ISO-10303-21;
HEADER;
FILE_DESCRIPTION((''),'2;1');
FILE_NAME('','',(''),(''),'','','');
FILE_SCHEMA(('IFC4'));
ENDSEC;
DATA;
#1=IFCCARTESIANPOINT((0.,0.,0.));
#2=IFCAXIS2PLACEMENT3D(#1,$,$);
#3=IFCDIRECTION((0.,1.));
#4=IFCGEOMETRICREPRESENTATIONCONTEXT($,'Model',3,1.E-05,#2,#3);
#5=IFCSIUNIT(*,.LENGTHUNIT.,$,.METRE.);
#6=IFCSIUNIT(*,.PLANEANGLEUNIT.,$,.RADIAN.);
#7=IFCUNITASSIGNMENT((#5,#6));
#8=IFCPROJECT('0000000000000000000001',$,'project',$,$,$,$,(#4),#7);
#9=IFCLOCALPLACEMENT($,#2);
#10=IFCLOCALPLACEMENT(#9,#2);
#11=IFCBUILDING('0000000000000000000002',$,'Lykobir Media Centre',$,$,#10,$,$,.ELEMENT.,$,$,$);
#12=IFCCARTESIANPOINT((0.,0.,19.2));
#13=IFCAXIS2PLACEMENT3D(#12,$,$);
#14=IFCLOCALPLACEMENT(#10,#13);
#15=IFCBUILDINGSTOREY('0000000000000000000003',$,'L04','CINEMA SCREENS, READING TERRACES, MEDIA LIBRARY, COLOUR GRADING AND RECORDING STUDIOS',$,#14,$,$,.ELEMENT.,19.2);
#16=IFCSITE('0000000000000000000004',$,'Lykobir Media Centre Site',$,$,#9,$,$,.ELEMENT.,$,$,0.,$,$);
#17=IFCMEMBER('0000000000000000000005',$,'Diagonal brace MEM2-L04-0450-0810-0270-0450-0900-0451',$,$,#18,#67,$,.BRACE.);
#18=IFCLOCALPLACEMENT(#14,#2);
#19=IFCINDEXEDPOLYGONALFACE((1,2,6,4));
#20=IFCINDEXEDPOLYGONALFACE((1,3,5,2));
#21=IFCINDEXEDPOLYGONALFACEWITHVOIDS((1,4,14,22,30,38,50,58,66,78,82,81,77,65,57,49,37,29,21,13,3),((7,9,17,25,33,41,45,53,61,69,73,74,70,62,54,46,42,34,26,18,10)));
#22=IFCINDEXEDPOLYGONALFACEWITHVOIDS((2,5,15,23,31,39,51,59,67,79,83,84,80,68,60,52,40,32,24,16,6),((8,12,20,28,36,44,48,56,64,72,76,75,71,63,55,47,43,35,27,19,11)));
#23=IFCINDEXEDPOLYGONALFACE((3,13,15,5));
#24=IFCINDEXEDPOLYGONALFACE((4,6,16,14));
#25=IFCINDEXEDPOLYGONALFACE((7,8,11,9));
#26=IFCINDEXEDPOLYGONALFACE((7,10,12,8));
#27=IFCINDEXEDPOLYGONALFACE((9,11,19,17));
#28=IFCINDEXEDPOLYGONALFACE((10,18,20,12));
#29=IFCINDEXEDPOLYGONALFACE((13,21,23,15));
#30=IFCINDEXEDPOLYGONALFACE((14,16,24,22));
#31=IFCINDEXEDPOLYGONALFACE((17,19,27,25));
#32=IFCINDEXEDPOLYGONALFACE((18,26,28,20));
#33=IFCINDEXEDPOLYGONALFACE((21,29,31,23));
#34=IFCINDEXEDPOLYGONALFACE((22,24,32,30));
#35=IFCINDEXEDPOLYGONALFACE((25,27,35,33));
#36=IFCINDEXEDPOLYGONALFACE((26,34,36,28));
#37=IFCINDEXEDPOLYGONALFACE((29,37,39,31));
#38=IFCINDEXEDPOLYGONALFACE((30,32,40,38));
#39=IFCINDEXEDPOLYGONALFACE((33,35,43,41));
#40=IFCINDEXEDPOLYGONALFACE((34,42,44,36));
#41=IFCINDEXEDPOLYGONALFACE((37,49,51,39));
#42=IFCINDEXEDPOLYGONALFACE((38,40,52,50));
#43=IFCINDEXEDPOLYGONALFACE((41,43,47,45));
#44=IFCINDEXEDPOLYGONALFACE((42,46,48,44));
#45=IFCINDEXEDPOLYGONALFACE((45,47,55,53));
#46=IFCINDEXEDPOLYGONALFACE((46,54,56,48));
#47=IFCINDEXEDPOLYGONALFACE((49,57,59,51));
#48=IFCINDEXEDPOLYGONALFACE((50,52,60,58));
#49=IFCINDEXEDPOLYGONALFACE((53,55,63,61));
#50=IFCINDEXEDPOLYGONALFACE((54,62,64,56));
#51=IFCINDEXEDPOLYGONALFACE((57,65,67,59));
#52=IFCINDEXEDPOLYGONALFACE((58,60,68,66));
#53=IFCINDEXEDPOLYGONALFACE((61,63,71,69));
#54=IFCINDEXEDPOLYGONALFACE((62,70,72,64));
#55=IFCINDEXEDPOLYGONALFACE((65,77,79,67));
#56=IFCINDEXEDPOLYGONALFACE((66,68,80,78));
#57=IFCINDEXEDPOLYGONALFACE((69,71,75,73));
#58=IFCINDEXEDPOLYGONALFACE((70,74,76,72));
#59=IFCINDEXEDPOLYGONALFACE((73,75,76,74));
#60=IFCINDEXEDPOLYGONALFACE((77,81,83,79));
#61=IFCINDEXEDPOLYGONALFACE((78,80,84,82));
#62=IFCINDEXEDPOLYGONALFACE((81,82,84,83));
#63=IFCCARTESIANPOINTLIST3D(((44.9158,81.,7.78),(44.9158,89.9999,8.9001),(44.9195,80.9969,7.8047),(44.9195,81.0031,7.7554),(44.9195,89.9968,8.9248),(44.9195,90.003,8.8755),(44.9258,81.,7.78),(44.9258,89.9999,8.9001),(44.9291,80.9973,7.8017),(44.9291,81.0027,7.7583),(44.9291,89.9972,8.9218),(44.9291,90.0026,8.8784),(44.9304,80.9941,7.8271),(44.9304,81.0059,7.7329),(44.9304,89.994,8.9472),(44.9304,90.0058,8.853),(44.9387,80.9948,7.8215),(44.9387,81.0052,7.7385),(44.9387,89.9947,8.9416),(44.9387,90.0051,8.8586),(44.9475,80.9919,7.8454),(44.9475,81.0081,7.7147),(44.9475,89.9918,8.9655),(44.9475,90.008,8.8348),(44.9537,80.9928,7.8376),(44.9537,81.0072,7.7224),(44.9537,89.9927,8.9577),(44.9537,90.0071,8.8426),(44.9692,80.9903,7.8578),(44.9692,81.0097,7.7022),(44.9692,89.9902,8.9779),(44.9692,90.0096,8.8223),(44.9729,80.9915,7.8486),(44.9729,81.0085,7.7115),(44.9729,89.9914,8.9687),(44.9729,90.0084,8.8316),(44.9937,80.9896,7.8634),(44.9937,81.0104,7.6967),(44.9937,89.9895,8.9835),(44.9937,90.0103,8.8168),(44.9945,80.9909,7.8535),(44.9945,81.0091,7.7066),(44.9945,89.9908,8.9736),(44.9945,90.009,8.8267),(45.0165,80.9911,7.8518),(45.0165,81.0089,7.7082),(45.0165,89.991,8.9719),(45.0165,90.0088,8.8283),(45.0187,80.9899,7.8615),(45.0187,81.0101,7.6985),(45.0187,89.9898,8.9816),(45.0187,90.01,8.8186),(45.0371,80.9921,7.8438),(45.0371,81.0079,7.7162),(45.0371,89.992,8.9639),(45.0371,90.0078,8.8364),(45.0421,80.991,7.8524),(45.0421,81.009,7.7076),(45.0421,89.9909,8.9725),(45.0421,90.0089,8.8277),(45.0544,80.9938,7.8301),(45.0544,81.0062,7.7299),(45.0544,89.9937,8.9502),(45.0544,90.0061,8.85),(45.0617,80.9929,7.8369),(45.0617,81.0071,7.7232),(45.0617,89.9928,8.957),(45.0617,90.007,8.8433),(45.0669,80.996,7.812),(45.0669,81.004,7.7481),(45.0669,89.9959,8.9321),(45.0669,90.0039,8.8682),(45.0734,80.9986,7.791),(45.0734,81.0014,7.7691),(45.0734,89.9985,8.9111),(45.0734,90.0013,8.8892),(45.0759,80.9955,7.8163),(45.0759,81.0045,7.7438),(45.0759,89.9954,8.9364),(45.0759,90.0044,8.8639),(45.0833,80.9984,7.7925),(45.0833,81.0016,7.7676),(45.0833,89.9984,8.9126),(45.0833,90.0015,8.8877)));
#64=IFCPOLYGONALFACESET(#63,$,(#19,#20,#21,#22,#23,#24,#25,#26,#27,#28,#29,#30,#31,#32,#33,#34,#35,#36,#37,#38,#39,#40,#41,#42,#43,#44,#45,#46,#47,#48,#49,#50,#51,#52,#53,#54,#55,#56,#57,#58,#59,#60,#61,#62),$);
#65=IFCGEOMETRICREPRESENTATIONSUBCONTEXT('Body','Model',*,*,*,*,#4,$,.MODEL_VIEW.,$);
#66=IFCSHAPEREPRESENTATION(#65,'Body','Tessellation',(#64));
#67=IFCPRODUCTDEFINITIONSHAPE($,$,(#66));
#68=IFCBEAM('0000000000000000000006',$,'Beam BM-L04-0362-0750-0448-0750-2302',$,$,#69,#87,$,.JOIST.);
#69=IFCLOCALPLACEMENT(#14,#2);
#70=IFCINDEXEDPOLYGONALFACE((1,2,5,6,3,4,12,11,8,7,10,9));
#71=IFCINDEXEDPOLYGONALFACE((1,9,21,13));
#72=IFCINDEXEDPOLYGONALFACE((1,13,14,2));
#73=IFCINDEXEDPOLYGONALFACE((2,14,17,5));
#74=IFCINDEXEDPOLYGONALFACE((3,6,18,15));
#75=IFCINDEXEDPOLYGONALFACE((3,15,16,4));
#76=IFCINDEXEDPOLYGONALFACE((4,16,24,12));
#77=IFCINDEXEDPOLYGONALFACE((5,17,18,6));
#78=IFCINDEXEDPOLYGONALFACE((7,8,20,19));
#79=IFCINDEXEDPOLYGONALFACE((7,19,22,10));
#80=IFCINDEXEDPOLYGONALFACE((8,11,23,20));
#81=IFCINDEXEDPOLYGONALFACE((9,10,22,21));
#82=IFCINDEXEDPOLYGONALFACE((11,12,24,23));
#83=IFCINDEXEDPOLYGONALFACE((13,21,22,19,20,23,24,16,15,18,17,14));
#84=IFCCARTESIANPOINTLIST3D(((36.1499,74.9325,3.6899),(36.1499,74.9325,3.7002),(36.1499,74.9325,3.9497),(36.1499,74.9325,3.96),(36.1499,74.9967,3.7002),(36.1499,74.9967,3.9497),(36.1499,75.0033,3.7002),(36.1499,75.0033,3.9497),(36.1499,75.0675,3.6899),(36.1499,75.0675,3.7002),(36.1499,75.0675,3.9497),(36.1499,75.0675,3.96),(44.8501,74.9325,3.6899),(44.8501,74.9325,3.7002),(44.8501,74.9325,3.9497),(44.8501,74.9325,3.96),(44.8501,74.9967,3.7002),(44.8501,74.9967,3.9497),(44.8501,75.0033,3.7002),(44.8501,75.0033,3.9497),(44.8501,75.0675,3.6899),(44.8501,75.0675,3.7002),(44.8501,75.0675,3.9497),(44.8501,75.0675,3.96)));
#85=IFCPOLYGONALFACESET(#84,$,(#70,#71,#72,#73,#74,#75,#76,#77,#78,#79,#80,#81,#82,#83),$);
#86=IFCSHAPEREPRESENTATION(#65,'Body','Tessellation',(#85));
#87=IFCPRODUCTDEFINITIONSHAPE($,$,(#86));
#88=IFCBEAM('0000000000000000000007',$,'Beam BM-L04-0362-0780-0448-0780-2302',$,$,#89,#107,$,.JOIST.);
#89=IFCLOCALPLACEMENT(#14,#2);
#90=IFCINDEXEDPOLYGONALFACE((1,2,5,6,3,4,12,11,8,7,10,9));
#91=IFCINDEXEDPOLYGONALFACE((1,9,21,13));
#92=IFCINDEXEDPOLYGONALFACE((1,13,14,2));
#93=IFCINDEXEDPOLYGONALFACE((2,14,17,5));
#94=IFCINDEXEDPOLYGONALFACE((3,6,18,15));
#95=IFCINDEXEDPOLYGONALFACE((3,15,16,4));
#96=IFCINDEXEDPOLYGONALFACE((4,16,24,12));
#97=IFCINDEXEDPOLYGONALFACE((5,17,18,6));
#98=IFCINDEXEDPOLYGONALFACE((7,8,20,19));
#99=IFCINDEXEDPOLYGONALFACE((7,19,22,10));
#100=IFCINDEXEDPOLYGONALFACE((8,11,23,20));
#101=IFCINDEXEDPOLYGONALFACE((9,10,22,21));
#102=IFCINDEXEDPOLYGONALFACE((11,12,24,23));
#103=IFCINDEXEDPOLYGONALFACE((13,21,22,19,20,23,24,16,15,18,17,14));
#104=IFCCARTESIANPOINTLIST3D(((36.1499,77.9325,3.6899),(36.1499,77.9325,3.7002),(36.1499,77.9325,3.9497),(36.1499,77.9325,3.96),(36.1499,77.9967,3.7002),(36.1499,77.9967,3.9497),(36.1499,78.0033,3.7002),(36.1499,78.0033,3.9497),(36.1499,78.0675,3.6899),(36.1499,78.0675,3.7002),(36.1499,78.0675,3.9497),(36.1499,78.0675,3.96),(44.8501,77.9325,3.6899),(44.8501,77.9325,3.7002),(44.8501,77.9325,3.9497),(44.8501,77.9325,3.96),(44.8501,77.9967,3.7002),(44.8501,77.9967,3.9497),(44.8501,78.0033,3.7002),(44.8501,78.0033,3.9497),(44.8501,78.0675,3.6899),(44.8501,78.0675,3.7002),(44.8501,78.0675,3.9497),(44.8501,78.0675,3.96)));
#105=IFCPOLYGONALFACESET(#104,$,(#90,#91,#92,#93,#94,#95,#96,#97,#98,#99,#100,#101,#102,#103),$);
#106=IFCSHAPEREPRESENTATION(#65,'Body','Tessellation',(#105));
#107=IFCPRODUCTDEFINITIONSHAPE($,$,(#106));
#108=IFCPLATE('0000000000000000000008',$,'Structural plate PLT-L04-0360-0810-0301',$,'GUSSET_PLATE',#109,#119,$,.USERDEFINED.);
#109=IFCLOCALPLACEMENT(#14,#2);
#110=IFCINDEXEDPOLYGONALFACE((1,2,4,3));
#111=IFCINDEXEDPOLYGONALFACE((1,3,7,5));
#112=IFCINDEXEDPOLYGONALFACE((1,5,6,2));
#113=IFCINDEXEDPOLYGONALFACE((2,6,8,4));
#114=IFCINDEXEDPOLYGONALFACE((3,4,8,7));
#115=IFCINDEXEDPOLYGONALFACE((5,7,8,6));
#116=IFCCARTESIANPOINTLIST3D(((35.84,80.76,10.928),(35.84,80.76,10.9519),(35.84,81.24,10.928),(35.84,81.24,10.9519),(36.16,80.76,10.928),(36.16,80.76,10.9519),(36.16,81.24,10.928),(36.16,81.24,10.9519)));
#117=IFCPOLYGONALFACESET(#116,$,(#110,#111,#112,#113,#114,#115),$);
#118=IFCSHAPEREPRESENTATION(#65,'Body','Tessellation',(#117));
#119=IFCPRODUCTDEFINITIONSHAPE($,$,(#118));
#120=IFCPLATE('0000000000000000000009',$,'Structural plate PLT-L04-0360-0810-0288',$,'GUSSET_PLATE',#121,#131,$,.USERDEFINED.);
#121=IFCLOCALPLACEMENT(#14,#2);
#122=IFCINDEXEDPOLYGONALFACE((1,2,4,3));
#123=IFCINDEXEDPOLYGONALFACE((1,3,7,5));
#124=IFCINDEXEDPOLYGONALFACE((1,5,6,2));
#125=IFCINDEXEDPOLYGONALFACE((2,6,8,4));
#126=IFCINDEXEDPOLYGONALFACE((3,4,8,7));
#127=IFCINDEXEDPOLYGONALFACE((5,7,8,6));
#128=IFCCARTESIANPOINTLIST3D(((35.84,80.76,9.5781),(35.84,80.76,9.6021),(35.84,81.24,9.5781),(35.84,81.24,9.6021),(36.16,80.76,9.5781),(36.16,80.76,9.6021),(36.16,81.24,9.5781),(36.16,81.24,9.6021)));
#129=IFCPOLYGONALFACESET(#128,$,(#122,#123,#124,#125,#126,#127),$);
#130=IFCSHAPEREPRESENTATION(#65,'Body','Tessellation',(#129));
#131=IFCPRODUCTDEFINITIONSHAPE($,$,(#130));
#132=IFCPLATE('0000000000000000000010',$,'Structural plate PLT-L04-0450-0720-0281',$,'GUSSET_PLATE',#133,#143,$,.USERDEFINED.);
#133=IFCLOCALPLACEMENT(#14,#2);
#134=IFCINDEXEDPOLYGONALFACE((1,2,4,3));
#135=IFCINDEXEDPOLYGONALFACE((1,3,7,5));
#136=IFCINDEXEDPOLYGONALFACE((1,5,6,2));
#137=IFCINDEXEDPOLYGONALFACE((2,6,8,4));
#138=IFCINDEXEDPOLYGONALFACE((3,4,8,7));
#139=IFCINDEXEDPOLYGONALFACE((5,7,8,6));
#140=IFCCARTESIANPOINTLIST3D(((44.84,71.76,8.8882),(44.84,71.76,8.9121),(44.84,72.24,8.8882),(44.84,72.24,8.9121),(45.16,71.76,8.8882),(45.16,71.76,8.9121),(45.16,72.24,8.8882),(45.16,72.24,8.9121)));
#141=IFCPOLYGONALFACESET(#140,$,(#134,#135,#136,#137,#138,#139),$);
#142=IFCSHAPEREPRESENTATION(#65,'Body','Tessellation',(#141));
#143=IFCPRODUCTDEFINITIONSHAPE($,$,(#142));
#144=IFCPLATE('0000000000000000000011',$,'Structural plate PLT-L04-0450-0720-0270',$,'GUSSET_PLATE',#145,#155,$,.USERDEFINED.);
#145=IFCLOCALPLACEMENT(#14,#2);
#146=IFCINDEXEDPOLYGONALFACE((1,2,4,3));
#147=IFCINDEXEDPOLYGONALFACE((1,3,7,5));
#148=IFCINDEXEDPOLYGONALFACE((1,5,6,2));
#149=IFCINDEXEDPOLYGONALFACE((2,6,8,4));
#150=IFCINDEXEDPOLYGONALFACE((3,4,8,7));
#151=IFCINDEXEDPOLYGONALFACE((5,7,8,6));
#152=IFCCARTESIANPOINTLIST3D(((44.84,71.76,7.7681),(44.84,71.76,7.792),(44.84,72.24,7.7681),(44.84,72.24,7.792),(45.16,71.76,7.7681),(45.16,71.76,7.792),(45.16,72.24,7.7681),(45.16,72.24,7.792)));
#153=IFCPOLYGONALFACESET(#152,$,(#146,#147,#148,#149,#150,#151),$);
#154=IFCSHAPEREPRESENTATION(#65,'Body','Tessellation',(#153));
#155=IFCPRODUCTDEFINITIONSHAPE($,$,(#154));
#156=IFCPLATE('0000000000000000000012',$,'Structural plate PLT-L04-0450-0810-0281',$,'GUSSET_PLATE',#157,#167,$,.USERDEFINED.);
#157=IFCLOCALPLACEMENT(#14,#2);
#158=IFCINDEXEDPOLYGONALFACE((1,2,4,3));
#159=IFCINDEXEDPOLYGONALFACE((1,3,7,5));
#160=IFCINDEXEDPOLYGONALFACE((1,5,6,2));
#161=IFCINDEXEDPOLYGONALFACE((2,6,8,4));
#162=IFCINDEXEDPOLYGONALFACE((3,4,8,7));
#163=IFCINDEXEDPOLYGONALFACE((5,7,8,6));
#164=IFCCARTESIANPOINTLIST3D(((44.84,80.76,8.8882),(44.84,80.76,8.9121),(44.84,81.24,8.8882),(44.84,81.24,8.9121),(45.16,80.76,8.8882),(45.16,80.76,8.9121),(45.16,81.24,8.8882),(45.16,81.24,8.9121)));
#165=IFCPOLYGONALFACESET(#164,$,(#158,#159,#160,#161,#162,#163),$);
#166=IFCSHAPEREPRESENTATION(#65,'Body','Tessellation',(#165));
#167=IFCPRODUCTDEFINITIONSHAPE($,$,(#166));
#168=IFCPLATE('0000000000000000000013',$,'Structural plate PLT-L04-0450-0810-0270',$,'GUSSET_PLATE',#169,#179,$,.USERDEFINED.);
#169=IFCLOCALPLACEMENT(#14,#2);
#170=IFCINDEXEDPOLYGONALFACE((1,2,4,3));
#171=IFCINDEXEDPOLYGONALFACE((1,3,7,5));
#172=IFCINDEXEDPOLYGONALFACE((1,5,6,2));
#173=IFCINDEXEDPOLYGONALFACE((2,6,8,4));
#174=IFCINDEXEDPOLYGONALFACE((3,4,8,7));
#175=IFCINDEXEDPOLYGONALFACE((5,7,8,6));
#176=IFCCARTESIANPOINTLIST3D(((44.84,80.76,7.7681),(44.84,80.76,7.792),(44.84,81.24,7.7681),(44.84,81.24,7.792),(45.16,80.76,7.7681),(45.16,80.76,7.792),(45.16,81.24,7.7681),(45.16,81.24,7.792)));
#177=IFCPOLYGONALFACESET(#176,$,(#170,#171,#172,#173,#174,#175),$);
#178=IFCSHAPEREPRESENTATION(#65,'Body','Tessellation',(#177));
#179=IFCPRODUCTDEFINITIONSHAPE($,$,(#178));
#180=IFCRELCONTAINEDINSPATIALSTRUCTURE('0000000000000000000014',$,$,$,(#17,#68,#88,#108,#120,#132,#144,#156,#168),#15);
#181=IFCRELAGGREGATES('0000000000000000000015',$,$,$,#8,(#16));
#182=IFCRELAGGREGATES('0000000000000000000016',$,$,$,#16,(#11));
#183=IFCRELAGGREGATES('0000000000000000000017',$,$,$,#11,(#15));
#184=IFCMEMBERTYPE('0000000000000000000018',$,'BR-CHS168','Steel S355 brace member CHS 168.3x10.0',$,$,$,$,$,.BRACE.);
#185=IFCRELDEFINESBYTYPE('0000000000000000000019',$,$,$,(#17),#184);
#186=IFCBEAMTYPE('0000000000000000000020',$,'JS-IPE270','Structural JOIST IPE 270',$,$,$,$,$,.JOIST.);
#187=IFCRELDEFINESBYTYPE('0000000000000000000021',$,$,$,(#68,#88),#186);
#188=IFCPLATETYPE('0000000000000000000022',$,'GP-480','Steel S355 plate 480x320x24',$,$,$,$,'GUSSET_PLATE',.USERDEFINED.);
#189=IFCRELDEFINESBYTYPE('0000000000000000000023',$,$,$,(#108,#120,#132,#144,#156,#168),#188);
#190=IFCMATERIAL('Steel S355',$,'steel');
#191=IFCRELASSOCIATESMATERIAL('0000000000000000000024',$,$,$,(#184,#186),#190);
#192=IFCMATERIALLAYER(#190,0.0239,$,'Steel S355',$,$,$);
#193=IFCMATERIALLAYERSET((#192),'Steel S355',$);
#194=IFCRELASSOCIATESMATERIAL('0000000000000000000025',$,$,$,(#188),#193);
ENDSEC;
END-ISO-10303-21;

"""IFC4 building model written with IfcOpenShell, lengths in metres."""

from ifc_helpers import new_model, si_unit, direction, frame, origin, origin_2d, place, context, subcontext, project, spatial, rectangle, hollow_circle, i_section, extrude, material, layer, layer_set, material_profile, profile_set, type_object, element, save


model = new_model("IFC4")

# Units and contexts
model_context = context("Model", 3, precision=1e-05, world=origin(), true_north=direction((0.0, 1.0)))
body_context = subcontext(model_context, "Body", "Model", "MODEL_VIEW")
ifc_project = project(units=[si_unit("LENGTHUNIT", "METRE"), si_unit("PLANEANGLEUNIT", "RADIAN")], contexts=[model_context])

# Site, building, storey
site_placement = place(None, origin())
site = spatial("IfcSite", under=ifc_project, at=site_placement, Name="Lykobir Media Centre Site", CompositionType="ELEMENT", RefElevation=0.0)
building_placement = place(site_placement, origin())
building = spatial("IfcBuilding", under=site, at=building_placement, Name="Lykobir Media Centre", CompositionType="ELEMENT")
storey_placement = place(building_placement, frame((0.0, 0.0, 19.2)))
storey = spatial("IfcBuildingStorey", under=building, at=storey_placement, Name="L04", Description="CINEMA SCREENS, READING TERRACES, MEDIA LIBRARY, COLOUR GRADING AND RECORDING STUDIOS", CompositionType="ELEMENT", Elevation=19.2)

# Shared definitions
ifc_material_1 = material(Name="Steel S355", Category="steel")

# Member
ifc_material_profile_1 = material_profile(ifc_material_1, hollow_circle(Radius=0.0842, WallThickness=0.01, at=origin_2d()), Name="CHS 168.3x10.0")
ifc_profile_set_1 = profile_set([ifc_material_profile_1], Name="Steel S355")
member_type_1 = type_object("IfcMemberType", Name="BR-CHS168", Description="Steel S355 brace member CHS 168.3x10.0", PredefinedType="BRACE", material=ifc_profile_set_1)
for number, where, z_axis, x_axis, name in (
    (1, (45.0, 81.0, 7.78), (0.0, 0.992344, 0.123505), (-1.0, 0.0, 0.0), "Diagonal brace MEM2-L04-0450-0810-0270-0450-0900-0451"),
):
    element("IfcMember", number, at=place(storey_placement, frame(where, z_axis=z_axis, x_axis=x_axis)), inside=storey, type_object=member_type_1, Name=name, PredefinedType="BRACE", context=body_context, shape_type="SweptSolid", body=[
        extrude(hollow_circle(Radius=0.0842, WallThickness=0.01, at=origin_2d()), origin(), (0.0, 0.0, 1.0), 9.0693),
    ])

# Beams
ifc_material_profile_2 = material_profile(ifc_material_1, i_section(OverallWidth=0.135, OverallDepth=0.27, WebThickness=0.0066, FlangeThickness=0.0103, at=origin_2d()), Name="IPE 270")
ifc_profile_set_2 = profile_set([ifc_material_profile_2], Name="Steel S355")
beam_type_1 = type_object("IfcBeamType", Name="JS-IPE270", Description="Structural JOIST IPE 270", PredefinedType="JOIST", material=ifc_profile_set_2)
for number, where, z_axis, x_axis, name in (
    (2, (36.1499, 75.0, 3.825), (1.0, 0.0, 0.0), (0.0, 1.0, 0.0), "Beam BM-L04-0362-0750-0448-0750-2302"),
    (3, (36.1499, 78.0, 3.825), (1.0, 0.0, 0.0), (0.0, 1.0, 0.0), "Beam BM-L04-0362-0780-0448-0780-2302"),
):
    element("IfcBeam", number, at=place(storey_placement, frame(where, z_axis=z_axis, x_axis=x_axis)), inside=storey, type_object=beam_type_1, Name=name, PredefinedType="JOIST", context=body_context, shape_type="SweptSolid", body=[
        extrude(i_section(OverallWidth=0.135, OverallDepth=0.27, WebThickness=0.0066, FlangeThickness=0.0103, at=origin_2d()), origin(), (0.0, 0.0, 1.0), 8.7002),
    ])

# Plates
ifc_layer = layer(ifc_material_1, 0.0239, Name="Steel S355")
ifc_layer_set = layer_set([ifc_layer], Name="Steel S355")
plate_type = type_object("IfcPlateType", Name="GP-480", Description="Steel S355 plate 480x320x24", ElementType="GUSSET_PLATE", PredefinedType="USERDEFINED", material=ifc_layer_set)
for number, where, z_axis, x_axis, name in (
    (4, (36.0, 81.0, 10.928), (0.0, 0.0, 1.0), (0.0, 1.0, 0.0), "Structural plate PLT-L04-0360-0810-0301"),
    (5, (36.0, 81.0, 9.5781), (0.0, 0.0, 1.0), (0.0, 1.0, 0.0), "Structural plate PLT-L04-0360-0810-0288"),
    (6, (45.0, 72.0, 8.8882), (0.0, 0.0, 1.0), (0.0, 1.0, 0.0), "Structural plate PLT-L04-0450-0720-0281"),
    (7, (45.0, 72.0, 7.7681), (0.0, 0.0, 1.0), (0.0, 1.0, 0.0), "Structural plate PLT-L04-0450-0720-0270"),
    (8, (45.0, 81.0, 8.8882), (0.0, 0.0, 1.0), (0.0, 1.0, 0.0), "Structural plate PLT-L04-0450-0810-0281"),
    (9, (45.0, 81.0, 7.7681), (0.0, 0.0, 1.0), (0.0, 1.0, 0.0), "Structural plate PLT-L04-0450-0810-0270"),
):
    element("IfcPlate", number, at=place(storey_placement, frame(where, z_axis=z_axis, x_axis=x_axis)), inside=storey, type_object=plate_type, Name=name, ObjectType="GUSSET_PLATE", PredefinedType="USERDEFINED", context=body_context, shape_type="SweptSolid", body=[
        extrude(rectangle(XDim=0.48, YDim=0.3201, at=origin_2d()), origin(), (0.0, 0.0, 1.0), 0.0239),
    ])

save(model, "model.ifc")
